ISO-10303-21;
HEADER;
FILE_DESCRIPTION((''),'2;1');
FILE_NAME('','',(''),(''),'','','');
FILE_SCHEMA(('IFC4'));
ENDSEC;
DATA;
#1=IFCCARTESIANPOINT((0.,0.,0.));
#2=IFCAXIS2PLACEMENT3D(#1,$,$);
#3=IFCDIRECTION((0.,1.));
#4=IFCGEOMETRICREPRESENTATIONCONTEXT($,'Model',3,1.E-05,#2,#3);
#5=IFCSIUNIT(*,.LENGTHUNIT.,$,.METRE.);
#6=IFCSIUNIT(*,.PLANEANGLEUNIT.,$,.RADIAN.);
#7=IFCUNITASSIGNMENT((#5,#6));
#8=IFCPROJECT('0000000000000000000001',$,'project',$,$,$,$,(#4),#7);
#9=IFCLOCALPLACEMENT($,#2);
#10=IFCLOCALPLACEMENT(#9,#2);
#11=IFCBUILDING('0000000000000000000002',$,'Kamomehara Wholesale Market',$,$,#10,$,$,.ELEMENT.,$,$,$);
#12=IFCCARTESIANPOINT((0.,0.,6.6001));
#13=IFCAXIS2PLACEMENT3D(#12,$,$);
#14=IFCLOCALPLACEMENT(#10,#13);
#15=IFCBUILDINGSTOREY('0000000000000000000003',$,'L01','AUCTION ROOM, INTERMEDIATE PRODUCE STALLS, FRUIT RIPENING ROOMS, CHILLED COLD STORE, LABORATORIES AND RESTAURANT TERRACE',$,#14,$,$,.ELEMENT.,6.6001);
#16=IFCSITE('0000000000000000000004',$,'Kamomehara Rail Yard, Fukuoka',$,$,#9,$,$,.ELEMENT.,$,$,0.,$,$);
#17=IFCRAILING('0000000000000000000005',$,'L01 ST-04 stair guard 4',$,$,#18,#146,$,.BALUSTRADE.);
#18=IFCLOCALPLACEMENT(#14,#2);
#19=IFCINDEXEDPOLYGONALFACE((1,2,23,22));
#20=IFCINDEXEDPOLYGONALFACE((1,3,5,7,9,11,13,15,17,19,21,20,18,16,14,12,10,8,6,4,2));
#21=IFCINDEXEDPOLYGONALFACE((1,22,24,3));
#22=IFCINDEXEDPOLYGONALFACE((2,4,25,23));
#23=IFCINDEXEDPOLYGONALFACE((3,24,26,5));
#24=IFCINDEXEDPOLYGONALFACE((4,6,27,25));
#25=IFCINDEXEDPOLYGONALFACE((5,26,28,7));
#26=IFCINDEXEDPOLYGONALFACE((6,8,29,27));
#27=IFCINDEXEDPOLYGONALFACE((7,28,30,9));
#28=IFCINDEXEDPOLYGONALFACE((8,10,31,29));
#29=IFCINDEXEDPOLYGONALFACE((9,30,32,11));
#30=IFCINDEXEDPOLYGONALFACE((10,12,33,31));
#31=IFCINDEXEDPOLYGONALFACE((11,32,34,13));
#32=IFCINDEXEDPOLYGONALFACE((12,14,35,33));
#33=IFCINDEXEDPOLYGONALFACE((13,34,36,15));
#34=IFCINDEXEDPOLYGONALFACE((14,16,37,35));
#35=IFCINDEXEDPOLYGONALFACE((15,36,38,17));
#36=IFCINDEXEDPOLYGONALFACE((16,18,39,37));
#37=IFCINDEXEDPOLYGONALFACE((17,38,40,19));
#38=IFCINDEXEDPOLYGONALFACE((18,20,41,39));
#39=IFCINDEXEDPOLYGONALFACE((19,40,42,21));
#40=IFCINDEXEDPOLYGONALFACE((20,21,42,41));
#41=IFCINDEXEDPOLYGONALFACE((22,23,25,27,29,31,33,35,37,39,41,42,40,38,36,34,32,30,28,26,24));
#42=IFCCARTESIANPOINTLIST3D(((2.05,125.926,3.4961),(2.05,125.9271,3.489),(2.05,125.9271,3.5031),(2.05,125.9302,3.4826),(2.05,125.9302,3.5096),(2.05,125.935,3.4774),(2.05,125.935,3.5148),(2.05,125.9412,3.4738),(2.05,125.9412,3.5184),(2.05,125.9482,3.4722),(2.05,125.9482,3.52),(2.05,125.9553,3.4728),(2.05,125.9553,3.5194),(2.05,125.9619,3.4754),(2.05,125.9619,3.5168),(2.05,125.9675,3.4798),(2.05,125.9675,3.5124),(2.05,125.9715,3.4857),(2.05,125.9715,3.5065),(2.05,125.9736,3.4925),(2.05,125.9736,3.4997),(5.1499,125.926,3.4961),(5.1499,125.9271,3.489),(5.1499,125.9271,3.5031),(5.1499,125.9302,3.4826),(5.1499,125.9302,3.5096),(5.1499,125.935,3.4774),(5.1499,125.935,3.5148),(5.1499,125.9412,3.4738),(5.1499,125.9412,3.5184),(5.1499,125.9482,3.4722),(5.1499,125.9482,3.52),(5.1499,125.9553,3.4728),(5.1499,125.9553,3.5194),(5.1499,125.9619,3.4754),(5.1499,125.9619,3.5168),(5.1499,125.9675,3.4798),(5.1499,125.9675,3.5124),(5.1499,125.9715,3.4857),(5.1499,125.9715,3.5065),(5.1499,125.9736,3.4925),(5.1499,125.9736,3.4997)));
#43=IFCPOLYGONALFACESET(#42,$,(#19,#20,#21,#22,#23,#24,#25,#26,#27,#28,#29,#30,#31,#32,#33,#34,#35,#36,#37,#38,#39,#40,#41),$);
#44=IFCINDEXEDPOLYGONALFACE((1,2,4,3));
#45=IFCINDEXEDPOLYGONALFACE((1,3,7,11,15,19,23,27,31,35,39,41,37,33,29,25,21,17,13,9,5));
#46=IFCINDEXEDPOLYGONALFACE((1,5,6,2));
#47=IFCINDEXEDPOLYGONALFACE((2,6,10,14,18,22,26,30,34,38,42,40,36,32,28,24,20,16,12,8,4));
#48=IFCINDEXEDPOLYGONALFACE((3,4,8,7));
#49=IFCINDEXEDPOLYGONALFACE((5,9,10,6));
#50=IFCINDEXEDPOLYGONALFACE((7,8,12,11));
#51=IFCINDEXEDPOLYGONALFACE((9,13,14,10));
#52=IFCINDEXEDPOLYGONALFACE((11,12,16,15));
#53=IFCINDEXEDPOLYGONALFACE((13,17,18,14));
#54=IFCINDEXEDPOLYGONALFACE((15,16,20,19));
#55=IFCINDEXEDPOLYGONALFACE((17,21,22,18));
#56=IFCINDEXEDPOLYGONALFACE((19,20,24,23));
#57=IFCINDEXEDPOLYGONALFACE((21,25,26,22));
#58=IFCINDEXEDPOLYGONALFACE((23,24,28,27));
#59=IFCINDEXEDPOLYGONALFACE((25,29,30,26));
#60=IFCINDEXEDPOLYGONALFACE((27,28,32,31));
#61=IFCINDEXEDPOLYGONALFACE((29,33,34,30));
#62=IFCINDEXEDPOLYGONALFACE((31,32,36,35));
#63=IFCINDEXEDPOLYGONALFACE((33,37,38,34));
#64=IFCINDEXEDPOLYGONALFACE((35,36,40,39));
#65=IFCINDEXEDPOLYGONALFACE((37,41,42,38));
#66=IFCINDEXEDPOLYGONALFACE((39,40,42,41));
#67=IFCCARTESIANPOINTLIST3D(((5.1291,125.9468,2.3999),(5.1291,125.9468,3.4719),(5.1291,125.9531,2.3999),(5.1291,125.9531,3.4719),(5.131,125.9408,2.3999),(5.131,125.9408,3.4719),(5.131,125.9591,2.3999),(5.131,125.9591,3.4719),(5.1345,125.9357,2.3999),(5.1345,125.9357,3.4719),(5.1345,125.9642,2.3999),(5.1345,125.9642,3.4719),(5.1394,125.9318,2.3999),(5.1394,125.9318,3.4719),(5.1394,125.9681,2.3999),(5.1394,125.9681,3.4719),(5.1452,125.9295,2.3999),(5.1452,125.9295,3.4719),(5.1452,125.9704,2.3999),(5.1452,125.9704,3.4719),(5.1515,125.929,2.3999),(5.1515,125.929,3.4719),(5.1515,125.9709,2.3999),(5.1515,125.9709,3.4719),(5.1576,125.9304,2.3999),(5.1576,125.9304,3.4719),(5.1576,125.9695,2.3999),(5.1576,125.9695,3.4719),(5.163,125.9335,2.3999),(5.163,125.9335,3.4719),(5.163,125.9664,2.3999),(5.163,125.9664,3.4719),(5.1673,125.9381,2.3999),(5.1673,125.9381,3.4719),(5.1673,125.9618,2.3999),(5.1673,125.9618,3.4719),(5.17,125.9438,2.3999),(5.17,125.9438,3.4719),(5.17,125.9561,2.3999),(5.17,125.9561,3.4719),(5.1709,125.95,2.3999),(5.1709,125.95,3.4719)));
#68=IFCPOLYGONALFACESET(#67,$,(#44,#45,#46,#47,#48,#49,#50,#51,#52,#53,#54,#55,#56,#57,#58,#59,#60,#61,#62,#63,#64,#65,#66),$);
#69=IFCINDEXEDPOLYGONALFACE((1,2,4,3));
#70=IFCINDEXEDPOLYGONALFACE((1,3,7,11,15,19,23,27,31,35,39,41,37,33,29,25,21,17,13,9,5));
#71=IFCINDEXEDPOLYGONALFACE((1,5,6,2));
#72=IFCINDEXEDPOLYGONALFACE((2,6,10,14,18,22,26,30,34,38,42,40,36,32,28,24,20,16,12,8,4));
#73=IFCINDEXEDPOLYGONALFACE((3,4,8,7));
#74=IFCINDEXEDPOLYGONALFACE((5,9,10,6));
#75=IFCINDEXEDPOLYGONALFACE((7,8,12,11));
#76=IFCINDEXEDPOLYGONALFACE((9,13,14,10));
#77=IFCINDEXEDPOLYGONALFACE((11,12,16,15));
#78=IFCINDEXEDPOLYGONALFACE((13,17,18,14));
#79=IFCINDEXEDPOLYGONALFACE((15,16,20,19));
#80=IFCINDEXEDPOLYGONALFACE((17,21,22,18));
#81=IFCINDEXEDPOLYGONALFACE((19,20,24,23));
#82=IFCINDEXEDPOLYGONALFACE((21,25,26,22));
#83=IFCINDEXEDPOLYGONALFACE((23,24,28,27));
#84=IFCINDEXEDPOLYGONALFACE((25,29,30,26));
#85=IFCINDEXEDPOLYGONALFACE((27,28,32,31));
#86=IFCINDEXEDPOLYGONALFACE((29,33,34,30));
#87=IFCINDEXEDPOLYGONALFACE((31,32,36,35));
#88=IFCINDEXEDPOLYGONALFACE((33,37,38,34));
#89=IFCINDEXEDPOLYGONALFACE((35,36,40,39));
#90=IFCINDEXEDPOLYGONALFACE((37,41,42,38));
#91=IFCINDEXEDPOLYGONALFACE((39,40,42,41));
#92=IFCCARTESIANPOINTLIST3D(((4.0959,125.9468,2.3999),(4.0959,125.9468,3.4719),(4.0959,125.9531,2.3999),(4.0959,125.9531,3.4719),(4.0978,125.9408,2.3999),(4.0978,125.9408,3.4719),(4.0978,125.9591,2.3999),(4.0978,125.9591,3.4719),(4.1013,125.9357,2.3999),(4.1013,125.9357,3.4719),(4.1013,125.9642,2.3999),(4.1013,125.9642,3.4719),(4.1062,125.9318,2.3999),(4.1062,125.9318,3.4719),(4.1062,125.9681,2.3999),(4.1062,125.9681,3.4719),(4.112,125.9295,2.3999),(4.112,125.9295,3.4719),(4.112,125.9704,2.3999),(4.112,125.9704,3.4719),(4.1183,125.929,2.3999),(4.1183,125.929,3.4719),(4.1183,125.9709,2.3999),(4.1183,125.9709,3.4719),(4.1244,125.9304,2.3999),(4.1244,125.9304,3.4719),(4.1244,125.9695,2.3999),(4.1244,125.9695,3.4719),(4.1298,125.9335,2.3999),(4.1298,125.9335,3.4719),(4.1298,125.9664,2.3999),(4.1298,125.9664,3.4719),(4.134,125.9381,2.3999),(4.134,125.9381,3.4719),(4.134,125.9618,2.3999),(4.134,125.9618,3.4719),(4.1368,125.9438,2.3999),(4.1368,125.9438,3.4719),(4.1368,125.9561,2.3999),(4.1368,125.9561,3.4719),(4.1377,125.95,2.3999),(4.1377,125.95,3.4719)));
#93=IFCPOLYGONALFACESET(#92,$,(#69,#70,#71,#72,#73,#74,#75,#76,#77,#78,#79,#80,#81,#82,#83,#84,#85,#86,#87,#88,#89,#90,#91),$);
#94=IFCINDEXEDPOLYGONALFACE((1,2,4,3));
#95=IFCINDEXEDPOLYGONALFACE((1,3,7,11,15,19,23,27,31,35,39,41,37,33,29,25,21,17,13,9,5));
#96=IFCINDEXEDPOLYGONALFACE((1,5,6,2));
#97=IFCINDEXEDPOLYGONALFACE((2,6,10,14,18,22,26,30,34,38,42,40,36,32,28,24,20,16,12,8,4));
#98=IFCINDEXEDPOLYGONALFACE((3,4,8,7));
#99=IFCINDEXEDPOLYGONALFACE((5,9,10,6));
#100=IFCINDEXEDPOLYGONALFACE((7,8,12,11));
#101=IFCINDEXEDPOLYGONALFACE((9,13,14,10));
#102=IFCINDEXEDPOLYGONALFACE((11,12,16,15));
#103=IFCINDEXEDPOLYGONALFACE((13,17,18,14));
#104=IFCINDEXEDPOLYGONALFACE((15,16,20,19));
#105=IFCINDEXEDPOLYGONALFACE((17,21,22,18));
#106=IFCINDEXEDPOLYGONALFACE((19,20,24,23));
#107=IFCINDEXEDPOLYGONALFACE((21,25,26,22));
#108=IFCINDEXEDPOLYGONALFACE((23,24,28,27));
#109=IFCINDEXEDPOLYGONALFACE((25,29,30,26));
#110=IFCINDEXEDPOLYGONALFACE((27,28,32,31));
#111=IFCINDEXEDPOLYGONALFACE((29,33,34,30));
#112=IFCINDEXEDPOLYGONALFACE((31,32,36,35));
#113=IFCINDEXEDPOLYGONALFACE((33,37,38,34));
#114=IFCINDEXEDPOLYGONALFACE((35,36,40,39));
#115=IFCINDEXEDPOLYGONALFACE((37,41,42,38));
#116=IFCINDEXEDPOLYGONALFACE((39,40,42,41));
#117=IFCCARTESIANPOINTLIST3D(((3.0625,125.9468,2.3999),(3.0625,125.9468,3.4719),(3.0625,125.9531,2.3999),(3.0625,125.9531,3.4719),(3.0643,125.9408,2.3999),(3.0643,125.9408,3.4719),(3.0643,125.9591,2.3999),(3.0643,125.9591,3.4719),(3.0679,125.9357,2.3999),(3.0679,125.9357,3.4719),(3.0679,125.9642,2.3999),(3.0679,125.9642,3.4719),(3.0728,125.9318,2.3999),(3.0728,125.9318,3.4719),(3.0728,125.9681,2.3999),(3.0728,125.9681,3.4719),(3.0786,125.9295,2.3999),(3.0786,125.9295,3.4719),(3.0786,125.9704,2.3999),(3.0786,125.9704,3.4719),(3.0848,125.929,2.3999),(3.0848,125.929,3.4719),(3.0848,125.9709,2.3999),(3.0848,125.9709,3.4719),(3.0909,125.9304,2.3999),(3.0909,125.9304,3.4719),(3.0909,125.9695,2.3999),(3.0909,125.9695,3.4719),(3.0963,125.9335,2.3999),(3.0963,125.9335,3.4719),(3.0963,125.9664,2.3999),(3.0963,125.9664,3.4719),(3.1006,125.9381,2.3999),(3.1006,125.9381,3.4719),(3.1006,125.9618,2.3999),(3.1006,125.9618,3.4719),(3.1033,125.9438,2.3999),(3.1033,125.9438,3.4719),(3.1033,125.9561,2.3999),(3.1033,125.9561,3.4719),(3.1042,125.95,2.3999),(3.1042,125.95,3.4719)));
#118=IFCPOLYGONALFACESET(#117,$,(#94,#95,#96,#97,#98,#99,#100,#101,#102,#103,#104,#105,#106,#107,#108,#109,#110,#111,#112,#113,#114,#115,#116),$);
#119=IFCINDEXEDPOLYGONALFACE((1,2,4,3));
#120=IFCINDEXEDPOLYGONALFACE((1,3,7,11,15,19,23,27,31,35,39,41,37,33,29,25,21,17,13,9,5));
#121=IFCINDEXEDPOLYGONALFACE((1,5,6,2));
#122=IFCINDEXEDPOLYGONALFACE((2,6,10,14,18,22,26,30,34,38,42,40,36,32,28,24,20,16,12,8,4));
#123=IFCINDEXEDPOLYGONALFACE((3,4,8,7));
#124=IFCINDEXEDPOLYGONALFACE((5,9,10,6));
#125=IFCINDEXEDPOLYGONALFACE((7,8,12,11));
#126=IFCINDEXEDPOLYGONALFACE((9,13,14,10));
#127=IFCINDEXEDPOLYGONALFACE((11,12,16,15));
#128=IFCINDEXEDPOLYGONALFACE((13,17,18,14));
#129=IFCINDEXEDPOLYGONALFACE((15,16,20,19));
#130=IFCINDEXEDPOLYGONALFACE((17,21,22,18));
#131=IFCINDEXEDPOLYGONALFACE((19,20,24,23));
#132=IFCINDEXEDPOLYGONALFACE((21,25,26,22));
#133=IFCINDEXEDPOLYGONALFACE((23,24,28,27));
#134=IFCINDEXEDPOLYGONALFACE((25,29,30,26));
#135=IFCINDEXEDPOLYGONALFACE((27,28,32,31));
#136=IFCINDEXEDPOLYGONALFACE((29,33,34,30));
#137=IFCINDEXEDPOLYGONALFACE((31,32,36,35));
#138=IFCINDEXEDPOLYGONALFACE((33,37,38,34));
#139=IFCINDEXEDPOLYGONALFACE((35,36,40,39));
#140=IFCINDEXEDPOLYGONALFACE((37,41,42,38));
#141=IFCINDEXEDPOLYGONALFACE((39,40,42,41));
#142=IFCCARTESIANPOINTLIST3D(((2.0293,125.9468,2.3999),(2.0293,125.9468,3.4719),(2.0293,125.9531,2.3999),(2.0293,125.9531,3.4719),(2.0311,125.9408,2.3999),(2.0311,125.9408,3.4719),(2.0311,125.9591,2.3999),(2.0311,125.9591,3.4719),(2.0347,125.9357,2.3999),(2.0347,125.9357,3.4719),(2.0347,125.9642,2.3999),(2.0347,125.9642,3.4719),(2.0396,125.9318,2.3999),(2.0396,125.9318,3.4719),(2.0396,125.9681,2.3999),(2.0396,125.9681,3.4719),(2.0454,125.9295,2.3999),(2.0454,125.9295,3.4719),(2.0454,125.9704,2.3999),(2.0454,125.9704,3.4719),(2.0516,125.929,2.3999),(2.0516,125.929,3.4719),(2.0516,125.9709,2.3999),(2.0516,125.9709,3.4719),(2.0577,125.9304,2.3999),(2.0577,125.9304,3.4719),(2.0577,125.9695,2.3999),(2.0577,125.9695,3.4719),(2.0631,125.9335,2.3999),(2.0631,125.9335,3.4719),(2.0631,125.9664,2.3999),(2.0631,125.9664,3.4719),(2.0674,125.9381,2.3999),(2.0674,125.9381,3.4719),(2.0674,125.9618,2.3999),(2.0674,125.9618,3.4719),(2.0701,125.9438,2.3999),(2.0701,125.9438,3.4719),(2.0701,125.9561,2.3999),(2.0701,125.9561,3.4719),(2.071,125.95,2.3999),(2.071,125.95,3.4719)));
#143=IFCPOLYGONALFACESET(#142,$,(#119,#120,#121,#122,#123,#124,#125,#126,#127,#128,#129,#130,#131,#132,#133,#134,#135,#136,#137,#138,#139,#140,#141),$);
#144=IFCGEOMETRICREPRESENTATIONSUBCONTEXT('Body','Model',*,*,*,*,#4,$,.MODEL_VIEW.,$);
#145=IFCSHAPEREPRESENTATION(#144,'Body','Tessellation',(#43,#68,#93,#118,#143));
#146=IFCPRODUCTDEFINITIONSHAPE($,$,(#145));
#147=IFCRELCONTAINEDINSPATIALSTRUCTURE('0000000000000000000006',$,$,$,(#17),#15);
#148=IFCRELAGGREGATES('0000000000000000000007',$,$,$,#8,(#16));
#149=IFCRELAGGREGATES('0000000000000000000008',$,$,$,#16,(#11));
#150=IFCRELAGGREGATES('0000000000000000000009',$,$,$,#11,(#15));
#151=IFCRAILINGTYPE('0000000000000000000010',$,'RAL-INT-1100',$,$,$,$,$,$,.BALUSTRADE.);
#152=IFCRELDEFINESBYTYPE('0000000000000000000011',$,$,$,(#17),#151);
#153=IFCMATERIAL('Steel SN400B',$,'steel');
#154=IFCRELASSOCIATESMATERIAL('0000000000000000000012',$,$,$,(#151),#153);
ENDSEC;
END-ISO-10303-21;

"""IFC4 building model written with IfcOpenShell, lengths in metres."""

from ifc_helpers import new_model, si_unit, direction, frame, origin, origin_2d, place, context, subcontext, project, spatial, circle, extrude, material, type_object, element, save


model = new_model("IFC4")

# Units and contexts
model_context = context("Model", 3, precision=1e-05, world=origin(), true_north=direction((0.0, 1.0)))
body_context = subcontext(model_context, "Body", "Model", "MODEL_VIEW")
ifc_project = project(units=[si_unit("LENGTHUNIT", "METRE"), si_unit("PLANEANGLEUNIT", "RADIAN")], contexts=[model_context])

# Site, building, storey
site_placement = place(None, origin())
site = spatial("IfcSite", under=ifc_project, at=site_placement, Name="Kamomehara Rail Yard, Fukuoka", CompositionType="ELEMENT", RefElevation=0.0)
building_placement = place(site_placement, origin())
building = spatial("IfcBuilding", under=site, at=building_placement, Name="Kamomehara Wholesale Market", CompositionType="ELEMENT")
storey_placement = place(building_placement, frame((0.0, 0.0, 6.6001)))
storey = spatial("IfcBuildingStorey", under=building, at=storey_placement, Name="L01", Description="AUCTION ROOM, INTERMEDIATE PRODUCE STALLS, FRUIT RIPENING ROOMS, CHILLED COLD STORE, LABORATORIES AND RESTAURANT TERRACE", CompositionType="ELEMENT", Elevation=6.6001)

# Railing
ifc_material_1 = material(Name="Steel SN400B", Category="steel")
railing_type_1 = type_object("IfcRailingType", Name="RAL-INT-1100", PredefinedType="BALUSTRADE", material=ifc_material_1)
for number, where, name in (
    (1, (5.1499, 125.95, 2.3999), "L01 ST-04 stair guard 4"),
):
    element("IfcRailing", number, at=place(storey_placement, frame(where)), inside=storey, type_object=railing_type_1, Name=name, PredefinedType="BALUSTRADE", context=body_context, shape_type="SweptSolid", body=[
        extrude(circle(Radius=0.0239, at=origin_2d()), frame((0.0, 0.0, 1.0962), z_axis=(-1.0, 0.0, 0.0), x_axis=(0.0, -1.0, 0.0)), (0.0, 0.0, 1.0), 3.0999),
        extrude(circle(Radius=0.021, at=origin_2d()), origin(), (0.0, 0.0, 1.0), 1.072),
        extrude(circle(Radius=0.021, at=origin_2d()), frame((-1.0332, 0.0, 0.0)), (0.0, 0.0, 1.0), 1.072),
        extrude(circle(Radius=0.021, at=origin_2d()), frame((-2.0667, 0.0, 0.0)), (0.0, 0.0, 1.0), 1.072),
        extrude(circle(Radius=0.021, at=origin_2d()), frame((-3.0999, 0.0, 0.0)), (0.0, 0.0, 1.0), 1.072),
    ])

save(model, "model.ifc")
